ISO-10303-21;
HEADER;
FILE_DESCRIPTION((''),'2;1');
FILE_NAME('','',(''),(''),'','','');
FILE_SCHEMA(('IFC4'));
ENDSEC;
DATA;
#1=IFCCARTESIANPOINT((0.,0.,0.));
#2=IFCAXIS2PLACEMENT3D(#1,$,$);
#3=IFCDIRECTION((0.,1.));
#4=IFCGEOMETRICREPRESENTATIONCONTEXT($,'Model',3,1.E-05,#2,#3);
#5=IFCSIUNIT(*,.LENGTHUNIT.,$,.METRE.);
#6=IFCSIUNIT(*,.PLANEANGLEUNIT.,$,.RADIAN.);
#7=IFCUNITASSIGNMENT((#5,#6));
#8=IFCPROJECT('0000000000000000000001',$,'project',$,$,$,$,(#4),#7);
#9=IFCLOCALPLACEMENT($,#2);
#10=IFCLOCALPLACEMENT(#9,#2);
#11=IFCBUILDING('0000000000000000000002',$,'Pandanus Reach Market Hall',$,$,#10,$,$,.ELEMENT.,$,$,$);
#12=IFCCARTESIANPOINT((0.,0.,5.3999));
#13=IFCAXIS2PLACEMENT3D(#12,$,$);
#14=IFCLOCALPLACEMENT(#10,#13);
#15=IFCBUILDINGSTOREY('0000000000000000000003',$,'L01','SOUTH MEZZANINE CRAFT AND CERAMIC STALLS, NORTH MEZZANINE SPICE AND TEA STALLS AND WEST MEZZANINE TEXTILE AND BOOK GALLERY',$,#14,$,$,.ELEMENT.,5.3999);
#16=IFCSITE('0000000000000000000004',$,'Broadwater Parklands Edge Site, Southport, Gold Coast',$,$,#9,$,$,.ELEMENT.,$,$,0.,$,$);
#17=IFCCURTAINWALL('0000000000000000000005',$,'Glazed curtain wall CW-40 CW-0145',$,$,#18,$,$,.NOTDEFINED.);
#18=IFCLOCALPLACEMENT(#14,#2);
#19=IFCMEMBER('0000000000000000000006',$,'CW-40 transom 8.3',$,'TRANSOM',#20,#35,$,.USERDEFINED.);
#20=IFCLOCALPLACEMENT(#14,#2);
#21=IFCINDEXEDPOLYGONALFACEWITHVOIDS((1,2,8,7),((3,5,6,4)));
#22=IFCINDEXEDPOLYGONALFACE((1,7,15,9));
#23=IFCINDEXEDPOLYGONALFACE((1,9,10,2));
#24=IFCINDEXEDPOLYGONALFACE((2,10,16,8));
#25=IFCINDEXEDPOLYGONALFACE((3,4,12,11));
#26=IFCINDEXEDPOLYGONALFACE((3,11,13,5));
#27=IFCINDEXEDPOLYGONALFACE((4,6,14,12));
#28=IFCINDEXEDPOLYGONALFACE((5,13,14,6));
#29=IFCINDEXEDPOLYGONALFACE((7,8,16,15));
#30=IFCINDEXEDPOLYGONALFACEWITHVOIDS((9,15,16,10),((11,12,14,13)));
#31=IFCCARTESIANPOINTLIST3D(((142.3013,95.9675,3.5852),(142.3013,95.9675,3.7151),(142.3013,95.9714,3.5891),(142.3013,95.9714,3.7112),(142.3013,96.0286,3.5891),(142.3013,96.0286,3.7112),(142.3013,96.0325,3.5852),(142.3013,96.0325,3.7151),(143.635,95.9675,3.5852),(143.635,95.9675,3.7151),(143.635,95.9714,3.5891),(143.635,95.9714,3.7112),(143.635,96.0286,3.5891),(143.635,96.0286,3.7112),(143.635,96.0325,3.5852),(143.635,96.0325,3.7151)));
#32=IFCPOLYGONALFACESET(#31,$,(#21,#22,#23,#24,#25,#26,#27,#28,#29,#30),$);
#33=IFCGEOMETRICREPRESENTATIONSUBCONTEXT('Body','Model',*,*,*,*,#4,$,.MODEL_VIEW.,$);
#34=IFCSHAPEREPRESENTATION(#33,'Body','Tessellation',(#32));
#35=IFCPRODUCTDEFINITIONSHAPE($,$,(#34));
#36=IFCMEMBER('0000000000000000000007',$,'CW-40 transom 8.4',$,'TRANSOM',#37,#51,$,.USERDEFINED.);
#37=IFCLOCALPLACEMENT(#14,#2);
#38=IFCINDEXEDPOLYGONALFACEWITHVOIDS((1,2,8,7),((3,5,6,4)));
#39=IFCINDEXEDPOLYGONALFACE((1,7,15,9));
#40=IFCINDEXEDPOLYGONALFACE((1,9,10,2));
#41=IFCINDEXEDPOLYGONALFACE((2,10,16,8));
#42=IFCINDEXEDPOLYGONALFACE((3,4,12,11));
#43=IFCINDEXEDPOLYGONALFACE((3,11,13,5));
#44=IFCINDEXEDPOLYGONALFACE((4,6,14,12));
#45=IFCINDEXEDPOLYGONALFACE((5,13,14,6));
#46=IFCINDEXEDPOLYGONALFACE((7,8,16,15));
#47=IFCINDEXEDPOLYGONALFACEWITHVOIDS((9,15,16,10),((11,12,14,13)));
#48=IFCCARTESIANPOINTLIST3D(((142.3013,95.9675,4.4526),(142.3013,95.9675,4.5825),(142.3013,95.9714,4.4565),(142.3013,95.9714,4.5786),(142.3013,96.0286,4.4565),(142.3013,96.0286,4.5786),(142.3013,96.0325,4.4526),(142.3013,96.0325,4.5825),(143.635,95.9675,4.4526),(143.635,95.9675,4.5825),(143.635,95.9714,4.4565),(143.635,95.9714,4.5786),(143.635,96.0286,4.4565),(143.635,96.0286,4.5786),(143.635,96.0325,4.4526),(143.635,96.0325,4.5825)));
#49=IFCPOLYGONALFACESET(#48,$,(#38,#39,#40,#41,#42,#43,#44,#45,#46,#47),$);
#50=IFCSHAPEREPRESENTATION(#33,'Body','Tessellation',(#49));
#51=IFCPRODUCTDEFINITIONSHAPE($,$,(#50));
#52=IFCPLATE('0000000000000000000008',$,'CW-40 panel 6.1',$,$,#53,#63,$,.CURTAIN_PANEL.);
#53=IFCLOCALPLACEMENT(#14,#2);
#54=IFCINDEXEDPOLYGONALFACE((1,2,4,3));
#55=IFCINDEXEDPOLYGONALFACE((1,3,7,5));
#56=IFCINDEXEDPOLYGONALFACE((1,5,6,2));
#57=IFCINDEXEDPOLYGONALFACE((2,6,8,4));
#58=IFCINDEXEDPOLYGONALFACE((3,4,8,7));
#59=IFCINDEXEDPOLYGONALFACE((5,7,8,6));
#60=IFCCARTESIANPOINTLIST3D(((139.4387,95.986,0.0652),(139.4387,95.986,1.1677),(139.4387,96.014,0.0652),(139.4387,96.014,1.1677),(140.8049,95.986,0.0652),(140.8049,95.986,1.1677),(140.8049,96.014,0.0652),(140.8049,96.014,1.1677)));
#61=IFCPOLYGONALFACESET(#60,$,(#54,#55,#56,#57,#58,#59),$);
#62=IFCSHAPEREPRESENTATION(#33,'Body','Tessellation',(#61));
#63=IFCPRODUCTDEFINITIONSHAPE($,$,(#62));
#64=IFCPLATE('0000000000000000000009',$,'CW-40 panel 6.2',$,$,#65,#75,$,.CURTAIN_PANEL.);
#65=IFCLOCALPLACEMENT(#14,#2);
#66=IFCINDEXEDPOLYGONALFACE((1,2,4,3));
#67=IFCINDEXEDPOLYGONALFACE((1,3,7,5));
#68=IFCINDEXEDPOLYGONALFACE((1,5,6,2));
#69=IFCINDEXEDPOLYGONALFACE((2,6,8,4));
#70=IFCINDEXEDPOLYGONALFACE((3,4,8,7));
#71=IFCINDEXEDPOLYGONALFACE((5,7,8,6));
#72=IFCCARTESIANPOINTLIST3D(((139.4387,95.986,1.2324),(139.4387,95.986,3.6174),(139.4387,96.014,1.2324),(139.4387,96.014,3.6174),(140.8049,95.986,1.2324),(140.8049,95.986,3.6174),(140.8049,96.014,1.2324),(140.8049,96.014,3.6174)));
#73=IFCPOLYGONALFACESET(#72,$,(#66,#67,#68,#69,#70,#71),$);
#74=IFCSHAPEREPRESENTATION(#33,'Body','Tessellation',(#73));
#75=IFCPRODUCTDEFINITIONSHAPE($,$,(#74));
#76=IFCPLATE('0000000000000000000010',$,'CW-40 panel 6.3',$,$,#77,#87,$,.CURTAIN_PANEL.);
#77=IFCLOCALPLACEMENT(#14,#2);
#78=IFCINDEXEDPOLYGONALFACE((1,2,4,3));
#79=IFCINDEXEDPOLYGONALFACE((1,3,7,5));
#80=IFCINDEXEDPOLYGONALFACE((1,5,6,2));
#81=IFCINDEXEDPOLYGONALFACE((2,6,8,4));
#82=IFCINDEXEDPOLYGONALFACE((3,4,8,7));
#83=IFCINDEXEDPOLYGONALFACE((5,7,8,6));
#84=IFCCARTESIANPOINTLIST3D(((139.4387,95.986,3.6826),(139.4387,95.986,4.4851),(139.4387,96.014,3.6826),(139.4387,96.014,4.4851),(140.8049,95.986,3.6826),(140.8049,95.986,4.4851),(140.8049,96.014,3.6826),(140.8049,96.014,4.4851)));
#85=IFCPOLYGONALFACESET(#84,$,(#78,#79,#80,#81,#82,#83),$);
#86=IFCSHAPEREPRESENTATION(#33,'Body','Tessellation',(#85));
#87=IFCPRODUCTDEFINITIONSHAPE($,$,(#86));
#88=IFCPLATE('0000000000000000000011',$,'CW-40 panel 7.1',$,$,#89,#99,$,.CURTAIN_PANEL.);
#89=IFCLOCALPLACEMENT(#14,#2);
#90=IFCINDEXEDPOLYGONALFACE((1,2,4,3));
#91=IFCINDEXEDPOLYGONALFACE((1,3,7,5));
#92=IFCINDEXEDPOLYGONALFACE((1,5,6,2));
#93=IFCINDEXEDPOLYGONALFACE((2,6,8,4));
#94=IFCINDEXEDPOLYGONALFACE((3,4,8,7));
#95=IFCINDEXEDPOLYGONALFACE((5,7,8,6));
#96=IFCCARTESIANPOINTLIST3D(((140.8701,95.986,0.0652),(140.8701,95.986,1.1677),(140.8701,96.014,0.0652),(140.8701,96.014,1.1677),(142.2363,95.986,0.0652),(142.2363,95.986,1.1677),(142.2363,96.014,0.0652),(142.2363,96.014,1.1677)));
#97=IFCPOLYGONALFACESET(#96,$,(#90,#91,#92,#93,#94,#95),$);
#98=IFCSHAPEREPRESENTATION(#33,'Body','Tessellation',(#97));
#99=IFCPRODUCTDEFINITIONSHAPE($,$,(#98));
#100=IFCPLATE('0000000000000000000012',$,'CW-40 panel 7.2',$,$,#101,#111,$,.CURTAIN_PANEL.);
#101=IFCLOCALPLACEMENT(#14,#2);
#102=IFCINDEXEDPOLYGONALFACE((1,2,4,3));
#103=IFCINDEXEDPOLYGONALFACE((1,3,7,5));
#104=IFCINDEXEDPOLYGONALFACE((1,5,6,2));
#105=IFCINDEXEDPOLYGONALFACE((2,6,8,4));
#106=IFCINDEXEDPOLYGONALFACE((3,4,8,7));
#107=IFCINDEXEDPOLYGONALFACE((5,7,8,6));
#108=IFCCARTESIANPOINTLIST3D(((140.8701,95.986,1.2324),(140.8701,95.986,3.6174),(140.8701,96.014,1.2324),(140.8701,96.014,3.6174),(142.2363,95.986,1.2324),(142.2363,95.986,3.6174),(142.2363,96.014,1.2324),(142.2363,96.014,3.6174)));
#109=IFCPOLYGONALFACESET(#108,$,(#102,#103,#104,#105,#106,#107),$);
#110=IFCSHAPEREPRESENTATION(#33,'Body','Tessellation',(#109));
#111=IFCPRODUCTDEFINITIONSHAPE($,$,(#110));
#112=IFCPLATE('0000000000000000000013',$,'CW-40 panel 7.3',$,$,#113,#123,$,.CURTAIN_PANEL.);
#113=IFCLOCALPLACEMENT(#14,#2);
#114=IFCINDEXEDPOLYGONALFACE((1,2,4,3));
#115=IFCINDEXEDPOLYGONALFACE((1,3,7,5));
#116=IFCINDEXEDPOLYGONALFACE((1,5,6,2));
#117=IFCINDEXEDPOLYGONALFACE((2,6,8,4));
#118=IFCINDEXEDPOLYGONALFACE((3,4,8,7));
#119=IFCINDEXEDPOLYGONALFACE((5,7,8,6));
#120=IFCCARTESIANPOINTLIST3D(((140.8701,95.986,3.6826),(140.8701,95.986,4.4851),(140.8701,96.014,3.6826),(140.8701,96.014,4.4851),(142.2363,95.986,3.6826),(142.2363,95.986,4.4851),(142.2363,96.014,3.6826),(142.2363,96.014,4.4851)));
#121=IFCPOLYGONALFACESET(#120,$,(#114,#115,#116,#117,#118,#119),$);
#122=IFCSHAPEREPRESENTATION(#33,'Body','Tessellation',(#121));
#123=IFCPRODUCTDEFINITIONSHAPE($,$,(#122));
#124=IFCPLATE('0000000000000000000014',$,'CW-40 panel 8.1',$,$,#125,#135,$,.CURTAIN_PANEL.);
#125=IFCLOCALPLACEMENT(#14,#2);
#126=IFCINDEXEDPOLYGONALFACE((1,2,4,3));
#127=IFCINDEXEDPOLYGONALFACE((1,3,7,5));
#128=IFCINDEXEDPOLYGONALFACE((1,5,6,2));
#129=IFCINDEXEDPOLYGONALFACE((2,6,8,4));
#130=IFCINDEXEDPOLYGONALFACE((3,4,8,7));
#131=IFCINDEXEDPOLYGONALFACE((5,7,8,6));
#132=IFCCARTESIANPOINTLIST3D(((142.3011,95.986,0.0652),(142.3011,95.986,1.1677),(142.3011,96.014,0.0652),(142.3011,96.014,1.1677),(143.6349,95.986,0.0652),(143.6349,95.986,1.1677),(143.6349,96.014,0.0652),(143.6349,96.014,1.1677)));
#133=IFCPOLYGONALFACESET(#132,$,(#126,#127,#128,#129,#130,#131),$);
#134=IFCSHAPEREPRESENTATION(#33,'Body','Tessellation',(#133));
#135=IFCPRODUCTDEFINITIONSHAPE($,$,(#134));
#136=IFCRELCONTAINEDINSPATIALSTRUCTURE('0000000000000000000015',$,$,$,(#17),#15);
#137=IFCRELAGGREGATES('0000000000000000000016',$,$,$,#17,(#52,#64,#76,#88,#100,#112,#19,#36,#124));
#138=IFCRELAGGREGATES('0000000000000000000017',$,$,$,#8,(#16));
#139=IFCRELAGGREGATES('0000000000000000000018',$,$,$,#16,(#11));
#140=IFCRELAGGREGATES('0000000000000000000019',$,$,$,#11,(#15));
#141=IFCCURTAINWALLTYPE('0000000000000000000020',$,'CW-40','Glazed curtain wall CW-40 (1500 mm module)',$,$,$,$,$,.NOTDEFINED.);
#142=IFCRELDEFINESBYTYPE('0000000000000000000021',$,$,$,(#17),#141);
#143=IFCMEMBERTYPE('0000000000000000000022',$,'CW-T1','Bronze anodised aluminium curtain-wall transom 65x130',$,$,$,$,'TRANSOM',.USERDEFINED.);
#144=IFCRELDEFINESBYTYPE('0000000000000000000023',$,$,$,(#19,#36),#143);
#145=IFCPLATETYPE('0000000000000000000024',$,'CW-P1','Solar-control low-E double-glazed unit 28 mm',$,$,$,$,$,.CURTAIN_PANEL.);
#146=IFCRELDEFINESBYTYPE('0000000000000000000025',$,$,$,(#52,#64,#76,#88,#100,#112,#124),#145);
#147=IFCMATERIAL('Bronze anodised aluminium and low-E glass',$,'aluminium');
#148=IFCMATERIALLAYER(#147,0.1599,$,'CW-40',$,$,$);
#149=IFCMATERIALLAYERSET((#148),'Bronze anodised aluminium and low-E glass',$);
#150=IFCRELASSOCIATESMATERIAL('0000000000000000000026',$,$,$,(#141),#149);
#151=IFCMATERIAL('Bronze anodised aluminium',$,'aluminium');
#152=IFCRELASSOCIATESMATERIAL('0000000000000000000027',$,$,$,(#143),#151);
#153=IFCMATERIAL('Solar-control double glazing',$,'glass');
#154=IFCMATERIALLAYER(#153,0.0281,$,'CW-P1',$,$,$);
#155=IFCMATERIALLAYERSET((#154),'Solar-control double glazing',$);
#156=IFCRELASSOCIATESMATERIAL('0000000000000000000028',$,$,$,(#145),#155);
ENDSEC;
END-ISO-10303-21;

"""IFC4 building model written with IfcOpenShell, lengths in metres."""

from ifc_helpers import new_model, si_unit, direction, frame, origin, origin_2d, place, context, subcontext, project, spatial, rectangle, hollow_rectangle, extrude, material, layer, layer_set, material_profile, profile_set, type_object, element, aggregate, save


model = new_model("IFC4")

# Units and contexts
model_context = context("Model", 3, precision=1e-05, world=origin(), true_north=direction((0.0, 1.0)))
body_context = subcontext(model_context, "Body", "Model", "MODEL_VIEW")
ifc_project = project(units=[si_unit("LENGTHUNIT", "METRE"), si_unit("PLANEANGLEUNIT", "RADIAN")], contexts=[model_context])

# Site, building, storey
site_placement = place(None, origin())
site = spatial("IfcSite", under=ifc_project, at=site_placement, Name="Broadwater Parklands Edge Site, Southport, Gold Coast", CompositionType="ELEMENT", RefElevation=0.0)
building_placement = place(site_placement, origin())
building = spatial("IfcBuilding", under=site, at=building_placement, Name="Pandanus Reach Market Hall", CompositionType="ELEMENT")
storey_placement = place(building_placement, frame((0.0, 0.0, 5.3999)))
storey = spatial("IfcBuildingStorey", under=building, at=storey_placement, Name="L01", Description="SOUTH MEZZANINE CRAFT AND CERAMIC STALLS, NORTH MEZZANINE SPICE AND TEA STALLS AND WEST MEZZANINE TEXTILE AND BOOK GALLERY", CompositionType="ELEMENT", Elevation=5.3999)

# Curtain wall, members, plates
ifc_material_1 = material(Name="Bronze anodised aluminium and low-E glass", Category="aluminium")
ifc_layer_1 = layer(ifc_material_1, 0.1599, Name="CW-40")
ifc_layer_set_1 = layer_set([ifc_layer_1], Name="Bronze anodised aluminium and low-E glass")
curtain_wall_type = type_object("IfcCurtainWallType", Name="CW-40", Description="Glazed curtain wall CW-40 (1500 mm module)", PredefinedType="NOTDEFINED", material=ifc_layer_set_1)
curtain_wall_placement = place(storey_placement, origin())
curtain_wall = element("IfcCurtainWall", 1, at=curtain_wall_placement, inside=storey, type_object=curtain_wall_type, Name="Glazed curtain wall CW-40 CW-0145", PredefinedType="NOTDEFINED")
ifc_material_2 = material(Name="Bronze anodised aluminium", Category="aluminium")
ifc_material_profile_1 = material_profile(ifc_material_2, hollow_rectangle(XDim=0.0649, YDim=0.1299, WallThickness=0.0039, at=origin_2d()), Name="ALU65x130", Category="LoadBearing")
ifc_profile_set_1 = profile_set([ifc_material_profile_1], Name="Bronze anodised aluminium")
member_type_1 = type_object("IfcMemberType", Name="CW-T1", Description="Bronze anodised aluminium curtain-wall transom 65x130", ElementType="TRANSOM", PredefinedType="USERDEFINED", material=ifc_profile_set_1)
member_1_placement = place(storey_placement, frame((142.3013, 96.0, 3.6501), z_axis=(1.0, 0.0, 0.0), x_axis=(0.0, 1.0, 0.0)))
member_1 = element("IfcMember", 2, at=member_1_placement, type_object=member_type_1, Name="CW-40 transom 8.3", ObjectType="TRANSOM", PredefinedType="USERDEFINED", context=body_context, shape_type="SweptSolid", body=[
    extrude(hollow_rectangle(XDim=0.0649, YDim=0.1299, WallThickness=0.0039, at=origin_2d()), origin(), (0.0, 0.0, 1.0), 1.3337),
])
member_2_placement = place(storey_placement, frame((142.3013, 96.0, 4.5176), z_axis=(1.0, 0.0, 0.0), x_axis=(0.0, 1.0, 0.0)))
member_2 = element("IfcMember", 3, at=member_2_placement, type_object=member_type_1, Name="CW-40 transom 8.4", ObjectType="TRANSOM", PredefinedType="USERDEFINED", context=body_context, shape_type="SweptSolid", body=[
    extrude(hollow_rectangle(XDim=0.0649, YDim=0.1299, WallThickness=0.0039, at=origin_2d()), origin(), (0.0, 0.0, 1.0), 1.3337),
])
ifc_material_3 = material(Name="Solar-control double glazing", Category="glass")
ifc_layer_2 = layer(ifc_material_3, 0.0281, Name="CW-P1")
ifc_layer_set_2 = layer_set([ifc_layer_2], Name="Solar-control double glazing")
plate_type = type_object("IfcPlateType", Name="CW-P1", Description="Solar-control low-E double-glazed unit 28 mm", PredefinedType="CURTAIN_PANEL", material=ifc_layer_set_2)
plate_1_placement = place(storey_placement, frame((140.1218, 96.0, 0.0652), z_axis=(0.0, 0.0, 1.0), x_axis=(1.0, 0.0, 0.0)))
plate_1 = element("IfcPlate", 4, at=plate_1_placement, type_object=plate_type, Name="CW-40 panel 6.1", PredefinedType="CURTAIN_PANEL", context=body_context, shape_type="SweptSolid", body=[
    extrude(rectangle(XDim=1.3662, YDim=0.0281, at=origin_2d()), origin(), (0.0, 0.0, 1.0), 1.1025),
])
plate_2_placement = place(storey_placement, frame((140.1218, 96.0, 1.2324), z_axis=(0.0, 0.0, 1.0), x_axis=(1.0, 0.0, 0.0)))
plate_2 = element("IfcPlate", 5, at=plate_2_placement, type_object=plate_type, Name="CW-40 panel 6.2", PredefinedType="CURTAIN_PANEL", context=body_context, shape_type="SweptSolid", body=[
    extrude(rectangle(XDim=1.3662, YDim=0.0281, at=origin_2d()), origin(), (0.0, 0.0, 1.0), 2.385),
])
plate_3_placement = place(storey_placement, frame((140.1218, 96.0, 3.6826), z_axis=(0.0, 0.0, 1.0), x_axis=(1.0, 0.0, 0.0)))
plate_3 = element("IfcPlate", 6, at=plate_3_placement, type_object=plate_type, Name="CW-40 panel 6.3", PredefinedType="CURTAIN_PANEL", context=body_context, shape_type="SweptSolid", body=[
    extrude(rectangle(XDim=1.3662, YDim=0.0281, at=origin_2d()), origin(), (0.0, 0.0, 1.0), 0.8025),
])
plate_4_placement = place(storey_placement, frame((141.5532, 96.0, 0.0652), z_axis=(0.0, 0.0, 1.0), x_axis=(1.0, 0.0, 0.0)))
plate_4 = element("IfcPlate", 7, at=plate_4_placement, type_object=plate_type, Name="CW-40 panel 7.1", PredefinedType="CURTAIN_PANEL", context=body_context, shape_type="SweptSolid", body=[
    extrude(rectangle(XDim=1.3662, YDim=0.0281, at=origin_2d()), origin(), (0.0, 0.0, 1.0), 1.1025),
])
plate_5_placement = place(storey_placement, frame((141.5532, 96.0, 1.2324), z_axis=(0.0, 0.0, 1.0), x_axis=(1.0, 0.0, 0.0)))
plate_5 = element("IfcPlate", 8, at=plate_5_placement, type_object=plate_type, Name="CW-40 panel 7.2", PredefinedType="CURTAIN_PANEL", context=body_context, shape_type="SweptSolid", body=[
    extrude(rectangle(XDim=1.3662, YDim=0.0281, at=origin_2d()), origin(), (0.0, 0.0, 1.0), 2.385),
])
plate_6_placement = place(storey_placement, frame((141.5532, 96.0, 3.6826), z_axis=(0.0, 0.0, 1.0), x_axis=(1.0, 0.0, 0.0)))
plate_6 = element("IfcPlate", 9, at=plate_6_placement, type_object=plate_type, Name="CW-40 panel 7.3", PredefinedType="CURTAIN_PANEL", context=body_context, shape_type="SweptSolid", body=[
    extrude(rectangle(XDim=1.3662, YDim=0.0281, at=origin_2d()), origin(), (0.0, 0.0, 1.0), 0.8025),
])
plate_7_placement = place(storey_placement, frame((142.968, 96.0, 0.0652), z_axis=(0.0, 0.0, 1.0), x_axis=(1.0, 0.0, 0.0)))
plate_7 = element("IfcPlate", 10, at=plate_7_placement, type_object=plate_type, Name="CW-40 panel 8.1", PredefinedType="CURTAIN_PANEL", context=body_context, shape_type="SweptSolid", body=[
    extrude(rectangle(XDim=1.3337, YDim=0.0281, at=origin_2d()), origin(), (0.0, 0.0, 1.0), 1.1025),
])
aggregate(curtain_wall, [plate_1, plate_2, plate_3, plate_4, plate_5, plate_6, member_1, member_2, plate_7])

save(model, "model.ifc")
